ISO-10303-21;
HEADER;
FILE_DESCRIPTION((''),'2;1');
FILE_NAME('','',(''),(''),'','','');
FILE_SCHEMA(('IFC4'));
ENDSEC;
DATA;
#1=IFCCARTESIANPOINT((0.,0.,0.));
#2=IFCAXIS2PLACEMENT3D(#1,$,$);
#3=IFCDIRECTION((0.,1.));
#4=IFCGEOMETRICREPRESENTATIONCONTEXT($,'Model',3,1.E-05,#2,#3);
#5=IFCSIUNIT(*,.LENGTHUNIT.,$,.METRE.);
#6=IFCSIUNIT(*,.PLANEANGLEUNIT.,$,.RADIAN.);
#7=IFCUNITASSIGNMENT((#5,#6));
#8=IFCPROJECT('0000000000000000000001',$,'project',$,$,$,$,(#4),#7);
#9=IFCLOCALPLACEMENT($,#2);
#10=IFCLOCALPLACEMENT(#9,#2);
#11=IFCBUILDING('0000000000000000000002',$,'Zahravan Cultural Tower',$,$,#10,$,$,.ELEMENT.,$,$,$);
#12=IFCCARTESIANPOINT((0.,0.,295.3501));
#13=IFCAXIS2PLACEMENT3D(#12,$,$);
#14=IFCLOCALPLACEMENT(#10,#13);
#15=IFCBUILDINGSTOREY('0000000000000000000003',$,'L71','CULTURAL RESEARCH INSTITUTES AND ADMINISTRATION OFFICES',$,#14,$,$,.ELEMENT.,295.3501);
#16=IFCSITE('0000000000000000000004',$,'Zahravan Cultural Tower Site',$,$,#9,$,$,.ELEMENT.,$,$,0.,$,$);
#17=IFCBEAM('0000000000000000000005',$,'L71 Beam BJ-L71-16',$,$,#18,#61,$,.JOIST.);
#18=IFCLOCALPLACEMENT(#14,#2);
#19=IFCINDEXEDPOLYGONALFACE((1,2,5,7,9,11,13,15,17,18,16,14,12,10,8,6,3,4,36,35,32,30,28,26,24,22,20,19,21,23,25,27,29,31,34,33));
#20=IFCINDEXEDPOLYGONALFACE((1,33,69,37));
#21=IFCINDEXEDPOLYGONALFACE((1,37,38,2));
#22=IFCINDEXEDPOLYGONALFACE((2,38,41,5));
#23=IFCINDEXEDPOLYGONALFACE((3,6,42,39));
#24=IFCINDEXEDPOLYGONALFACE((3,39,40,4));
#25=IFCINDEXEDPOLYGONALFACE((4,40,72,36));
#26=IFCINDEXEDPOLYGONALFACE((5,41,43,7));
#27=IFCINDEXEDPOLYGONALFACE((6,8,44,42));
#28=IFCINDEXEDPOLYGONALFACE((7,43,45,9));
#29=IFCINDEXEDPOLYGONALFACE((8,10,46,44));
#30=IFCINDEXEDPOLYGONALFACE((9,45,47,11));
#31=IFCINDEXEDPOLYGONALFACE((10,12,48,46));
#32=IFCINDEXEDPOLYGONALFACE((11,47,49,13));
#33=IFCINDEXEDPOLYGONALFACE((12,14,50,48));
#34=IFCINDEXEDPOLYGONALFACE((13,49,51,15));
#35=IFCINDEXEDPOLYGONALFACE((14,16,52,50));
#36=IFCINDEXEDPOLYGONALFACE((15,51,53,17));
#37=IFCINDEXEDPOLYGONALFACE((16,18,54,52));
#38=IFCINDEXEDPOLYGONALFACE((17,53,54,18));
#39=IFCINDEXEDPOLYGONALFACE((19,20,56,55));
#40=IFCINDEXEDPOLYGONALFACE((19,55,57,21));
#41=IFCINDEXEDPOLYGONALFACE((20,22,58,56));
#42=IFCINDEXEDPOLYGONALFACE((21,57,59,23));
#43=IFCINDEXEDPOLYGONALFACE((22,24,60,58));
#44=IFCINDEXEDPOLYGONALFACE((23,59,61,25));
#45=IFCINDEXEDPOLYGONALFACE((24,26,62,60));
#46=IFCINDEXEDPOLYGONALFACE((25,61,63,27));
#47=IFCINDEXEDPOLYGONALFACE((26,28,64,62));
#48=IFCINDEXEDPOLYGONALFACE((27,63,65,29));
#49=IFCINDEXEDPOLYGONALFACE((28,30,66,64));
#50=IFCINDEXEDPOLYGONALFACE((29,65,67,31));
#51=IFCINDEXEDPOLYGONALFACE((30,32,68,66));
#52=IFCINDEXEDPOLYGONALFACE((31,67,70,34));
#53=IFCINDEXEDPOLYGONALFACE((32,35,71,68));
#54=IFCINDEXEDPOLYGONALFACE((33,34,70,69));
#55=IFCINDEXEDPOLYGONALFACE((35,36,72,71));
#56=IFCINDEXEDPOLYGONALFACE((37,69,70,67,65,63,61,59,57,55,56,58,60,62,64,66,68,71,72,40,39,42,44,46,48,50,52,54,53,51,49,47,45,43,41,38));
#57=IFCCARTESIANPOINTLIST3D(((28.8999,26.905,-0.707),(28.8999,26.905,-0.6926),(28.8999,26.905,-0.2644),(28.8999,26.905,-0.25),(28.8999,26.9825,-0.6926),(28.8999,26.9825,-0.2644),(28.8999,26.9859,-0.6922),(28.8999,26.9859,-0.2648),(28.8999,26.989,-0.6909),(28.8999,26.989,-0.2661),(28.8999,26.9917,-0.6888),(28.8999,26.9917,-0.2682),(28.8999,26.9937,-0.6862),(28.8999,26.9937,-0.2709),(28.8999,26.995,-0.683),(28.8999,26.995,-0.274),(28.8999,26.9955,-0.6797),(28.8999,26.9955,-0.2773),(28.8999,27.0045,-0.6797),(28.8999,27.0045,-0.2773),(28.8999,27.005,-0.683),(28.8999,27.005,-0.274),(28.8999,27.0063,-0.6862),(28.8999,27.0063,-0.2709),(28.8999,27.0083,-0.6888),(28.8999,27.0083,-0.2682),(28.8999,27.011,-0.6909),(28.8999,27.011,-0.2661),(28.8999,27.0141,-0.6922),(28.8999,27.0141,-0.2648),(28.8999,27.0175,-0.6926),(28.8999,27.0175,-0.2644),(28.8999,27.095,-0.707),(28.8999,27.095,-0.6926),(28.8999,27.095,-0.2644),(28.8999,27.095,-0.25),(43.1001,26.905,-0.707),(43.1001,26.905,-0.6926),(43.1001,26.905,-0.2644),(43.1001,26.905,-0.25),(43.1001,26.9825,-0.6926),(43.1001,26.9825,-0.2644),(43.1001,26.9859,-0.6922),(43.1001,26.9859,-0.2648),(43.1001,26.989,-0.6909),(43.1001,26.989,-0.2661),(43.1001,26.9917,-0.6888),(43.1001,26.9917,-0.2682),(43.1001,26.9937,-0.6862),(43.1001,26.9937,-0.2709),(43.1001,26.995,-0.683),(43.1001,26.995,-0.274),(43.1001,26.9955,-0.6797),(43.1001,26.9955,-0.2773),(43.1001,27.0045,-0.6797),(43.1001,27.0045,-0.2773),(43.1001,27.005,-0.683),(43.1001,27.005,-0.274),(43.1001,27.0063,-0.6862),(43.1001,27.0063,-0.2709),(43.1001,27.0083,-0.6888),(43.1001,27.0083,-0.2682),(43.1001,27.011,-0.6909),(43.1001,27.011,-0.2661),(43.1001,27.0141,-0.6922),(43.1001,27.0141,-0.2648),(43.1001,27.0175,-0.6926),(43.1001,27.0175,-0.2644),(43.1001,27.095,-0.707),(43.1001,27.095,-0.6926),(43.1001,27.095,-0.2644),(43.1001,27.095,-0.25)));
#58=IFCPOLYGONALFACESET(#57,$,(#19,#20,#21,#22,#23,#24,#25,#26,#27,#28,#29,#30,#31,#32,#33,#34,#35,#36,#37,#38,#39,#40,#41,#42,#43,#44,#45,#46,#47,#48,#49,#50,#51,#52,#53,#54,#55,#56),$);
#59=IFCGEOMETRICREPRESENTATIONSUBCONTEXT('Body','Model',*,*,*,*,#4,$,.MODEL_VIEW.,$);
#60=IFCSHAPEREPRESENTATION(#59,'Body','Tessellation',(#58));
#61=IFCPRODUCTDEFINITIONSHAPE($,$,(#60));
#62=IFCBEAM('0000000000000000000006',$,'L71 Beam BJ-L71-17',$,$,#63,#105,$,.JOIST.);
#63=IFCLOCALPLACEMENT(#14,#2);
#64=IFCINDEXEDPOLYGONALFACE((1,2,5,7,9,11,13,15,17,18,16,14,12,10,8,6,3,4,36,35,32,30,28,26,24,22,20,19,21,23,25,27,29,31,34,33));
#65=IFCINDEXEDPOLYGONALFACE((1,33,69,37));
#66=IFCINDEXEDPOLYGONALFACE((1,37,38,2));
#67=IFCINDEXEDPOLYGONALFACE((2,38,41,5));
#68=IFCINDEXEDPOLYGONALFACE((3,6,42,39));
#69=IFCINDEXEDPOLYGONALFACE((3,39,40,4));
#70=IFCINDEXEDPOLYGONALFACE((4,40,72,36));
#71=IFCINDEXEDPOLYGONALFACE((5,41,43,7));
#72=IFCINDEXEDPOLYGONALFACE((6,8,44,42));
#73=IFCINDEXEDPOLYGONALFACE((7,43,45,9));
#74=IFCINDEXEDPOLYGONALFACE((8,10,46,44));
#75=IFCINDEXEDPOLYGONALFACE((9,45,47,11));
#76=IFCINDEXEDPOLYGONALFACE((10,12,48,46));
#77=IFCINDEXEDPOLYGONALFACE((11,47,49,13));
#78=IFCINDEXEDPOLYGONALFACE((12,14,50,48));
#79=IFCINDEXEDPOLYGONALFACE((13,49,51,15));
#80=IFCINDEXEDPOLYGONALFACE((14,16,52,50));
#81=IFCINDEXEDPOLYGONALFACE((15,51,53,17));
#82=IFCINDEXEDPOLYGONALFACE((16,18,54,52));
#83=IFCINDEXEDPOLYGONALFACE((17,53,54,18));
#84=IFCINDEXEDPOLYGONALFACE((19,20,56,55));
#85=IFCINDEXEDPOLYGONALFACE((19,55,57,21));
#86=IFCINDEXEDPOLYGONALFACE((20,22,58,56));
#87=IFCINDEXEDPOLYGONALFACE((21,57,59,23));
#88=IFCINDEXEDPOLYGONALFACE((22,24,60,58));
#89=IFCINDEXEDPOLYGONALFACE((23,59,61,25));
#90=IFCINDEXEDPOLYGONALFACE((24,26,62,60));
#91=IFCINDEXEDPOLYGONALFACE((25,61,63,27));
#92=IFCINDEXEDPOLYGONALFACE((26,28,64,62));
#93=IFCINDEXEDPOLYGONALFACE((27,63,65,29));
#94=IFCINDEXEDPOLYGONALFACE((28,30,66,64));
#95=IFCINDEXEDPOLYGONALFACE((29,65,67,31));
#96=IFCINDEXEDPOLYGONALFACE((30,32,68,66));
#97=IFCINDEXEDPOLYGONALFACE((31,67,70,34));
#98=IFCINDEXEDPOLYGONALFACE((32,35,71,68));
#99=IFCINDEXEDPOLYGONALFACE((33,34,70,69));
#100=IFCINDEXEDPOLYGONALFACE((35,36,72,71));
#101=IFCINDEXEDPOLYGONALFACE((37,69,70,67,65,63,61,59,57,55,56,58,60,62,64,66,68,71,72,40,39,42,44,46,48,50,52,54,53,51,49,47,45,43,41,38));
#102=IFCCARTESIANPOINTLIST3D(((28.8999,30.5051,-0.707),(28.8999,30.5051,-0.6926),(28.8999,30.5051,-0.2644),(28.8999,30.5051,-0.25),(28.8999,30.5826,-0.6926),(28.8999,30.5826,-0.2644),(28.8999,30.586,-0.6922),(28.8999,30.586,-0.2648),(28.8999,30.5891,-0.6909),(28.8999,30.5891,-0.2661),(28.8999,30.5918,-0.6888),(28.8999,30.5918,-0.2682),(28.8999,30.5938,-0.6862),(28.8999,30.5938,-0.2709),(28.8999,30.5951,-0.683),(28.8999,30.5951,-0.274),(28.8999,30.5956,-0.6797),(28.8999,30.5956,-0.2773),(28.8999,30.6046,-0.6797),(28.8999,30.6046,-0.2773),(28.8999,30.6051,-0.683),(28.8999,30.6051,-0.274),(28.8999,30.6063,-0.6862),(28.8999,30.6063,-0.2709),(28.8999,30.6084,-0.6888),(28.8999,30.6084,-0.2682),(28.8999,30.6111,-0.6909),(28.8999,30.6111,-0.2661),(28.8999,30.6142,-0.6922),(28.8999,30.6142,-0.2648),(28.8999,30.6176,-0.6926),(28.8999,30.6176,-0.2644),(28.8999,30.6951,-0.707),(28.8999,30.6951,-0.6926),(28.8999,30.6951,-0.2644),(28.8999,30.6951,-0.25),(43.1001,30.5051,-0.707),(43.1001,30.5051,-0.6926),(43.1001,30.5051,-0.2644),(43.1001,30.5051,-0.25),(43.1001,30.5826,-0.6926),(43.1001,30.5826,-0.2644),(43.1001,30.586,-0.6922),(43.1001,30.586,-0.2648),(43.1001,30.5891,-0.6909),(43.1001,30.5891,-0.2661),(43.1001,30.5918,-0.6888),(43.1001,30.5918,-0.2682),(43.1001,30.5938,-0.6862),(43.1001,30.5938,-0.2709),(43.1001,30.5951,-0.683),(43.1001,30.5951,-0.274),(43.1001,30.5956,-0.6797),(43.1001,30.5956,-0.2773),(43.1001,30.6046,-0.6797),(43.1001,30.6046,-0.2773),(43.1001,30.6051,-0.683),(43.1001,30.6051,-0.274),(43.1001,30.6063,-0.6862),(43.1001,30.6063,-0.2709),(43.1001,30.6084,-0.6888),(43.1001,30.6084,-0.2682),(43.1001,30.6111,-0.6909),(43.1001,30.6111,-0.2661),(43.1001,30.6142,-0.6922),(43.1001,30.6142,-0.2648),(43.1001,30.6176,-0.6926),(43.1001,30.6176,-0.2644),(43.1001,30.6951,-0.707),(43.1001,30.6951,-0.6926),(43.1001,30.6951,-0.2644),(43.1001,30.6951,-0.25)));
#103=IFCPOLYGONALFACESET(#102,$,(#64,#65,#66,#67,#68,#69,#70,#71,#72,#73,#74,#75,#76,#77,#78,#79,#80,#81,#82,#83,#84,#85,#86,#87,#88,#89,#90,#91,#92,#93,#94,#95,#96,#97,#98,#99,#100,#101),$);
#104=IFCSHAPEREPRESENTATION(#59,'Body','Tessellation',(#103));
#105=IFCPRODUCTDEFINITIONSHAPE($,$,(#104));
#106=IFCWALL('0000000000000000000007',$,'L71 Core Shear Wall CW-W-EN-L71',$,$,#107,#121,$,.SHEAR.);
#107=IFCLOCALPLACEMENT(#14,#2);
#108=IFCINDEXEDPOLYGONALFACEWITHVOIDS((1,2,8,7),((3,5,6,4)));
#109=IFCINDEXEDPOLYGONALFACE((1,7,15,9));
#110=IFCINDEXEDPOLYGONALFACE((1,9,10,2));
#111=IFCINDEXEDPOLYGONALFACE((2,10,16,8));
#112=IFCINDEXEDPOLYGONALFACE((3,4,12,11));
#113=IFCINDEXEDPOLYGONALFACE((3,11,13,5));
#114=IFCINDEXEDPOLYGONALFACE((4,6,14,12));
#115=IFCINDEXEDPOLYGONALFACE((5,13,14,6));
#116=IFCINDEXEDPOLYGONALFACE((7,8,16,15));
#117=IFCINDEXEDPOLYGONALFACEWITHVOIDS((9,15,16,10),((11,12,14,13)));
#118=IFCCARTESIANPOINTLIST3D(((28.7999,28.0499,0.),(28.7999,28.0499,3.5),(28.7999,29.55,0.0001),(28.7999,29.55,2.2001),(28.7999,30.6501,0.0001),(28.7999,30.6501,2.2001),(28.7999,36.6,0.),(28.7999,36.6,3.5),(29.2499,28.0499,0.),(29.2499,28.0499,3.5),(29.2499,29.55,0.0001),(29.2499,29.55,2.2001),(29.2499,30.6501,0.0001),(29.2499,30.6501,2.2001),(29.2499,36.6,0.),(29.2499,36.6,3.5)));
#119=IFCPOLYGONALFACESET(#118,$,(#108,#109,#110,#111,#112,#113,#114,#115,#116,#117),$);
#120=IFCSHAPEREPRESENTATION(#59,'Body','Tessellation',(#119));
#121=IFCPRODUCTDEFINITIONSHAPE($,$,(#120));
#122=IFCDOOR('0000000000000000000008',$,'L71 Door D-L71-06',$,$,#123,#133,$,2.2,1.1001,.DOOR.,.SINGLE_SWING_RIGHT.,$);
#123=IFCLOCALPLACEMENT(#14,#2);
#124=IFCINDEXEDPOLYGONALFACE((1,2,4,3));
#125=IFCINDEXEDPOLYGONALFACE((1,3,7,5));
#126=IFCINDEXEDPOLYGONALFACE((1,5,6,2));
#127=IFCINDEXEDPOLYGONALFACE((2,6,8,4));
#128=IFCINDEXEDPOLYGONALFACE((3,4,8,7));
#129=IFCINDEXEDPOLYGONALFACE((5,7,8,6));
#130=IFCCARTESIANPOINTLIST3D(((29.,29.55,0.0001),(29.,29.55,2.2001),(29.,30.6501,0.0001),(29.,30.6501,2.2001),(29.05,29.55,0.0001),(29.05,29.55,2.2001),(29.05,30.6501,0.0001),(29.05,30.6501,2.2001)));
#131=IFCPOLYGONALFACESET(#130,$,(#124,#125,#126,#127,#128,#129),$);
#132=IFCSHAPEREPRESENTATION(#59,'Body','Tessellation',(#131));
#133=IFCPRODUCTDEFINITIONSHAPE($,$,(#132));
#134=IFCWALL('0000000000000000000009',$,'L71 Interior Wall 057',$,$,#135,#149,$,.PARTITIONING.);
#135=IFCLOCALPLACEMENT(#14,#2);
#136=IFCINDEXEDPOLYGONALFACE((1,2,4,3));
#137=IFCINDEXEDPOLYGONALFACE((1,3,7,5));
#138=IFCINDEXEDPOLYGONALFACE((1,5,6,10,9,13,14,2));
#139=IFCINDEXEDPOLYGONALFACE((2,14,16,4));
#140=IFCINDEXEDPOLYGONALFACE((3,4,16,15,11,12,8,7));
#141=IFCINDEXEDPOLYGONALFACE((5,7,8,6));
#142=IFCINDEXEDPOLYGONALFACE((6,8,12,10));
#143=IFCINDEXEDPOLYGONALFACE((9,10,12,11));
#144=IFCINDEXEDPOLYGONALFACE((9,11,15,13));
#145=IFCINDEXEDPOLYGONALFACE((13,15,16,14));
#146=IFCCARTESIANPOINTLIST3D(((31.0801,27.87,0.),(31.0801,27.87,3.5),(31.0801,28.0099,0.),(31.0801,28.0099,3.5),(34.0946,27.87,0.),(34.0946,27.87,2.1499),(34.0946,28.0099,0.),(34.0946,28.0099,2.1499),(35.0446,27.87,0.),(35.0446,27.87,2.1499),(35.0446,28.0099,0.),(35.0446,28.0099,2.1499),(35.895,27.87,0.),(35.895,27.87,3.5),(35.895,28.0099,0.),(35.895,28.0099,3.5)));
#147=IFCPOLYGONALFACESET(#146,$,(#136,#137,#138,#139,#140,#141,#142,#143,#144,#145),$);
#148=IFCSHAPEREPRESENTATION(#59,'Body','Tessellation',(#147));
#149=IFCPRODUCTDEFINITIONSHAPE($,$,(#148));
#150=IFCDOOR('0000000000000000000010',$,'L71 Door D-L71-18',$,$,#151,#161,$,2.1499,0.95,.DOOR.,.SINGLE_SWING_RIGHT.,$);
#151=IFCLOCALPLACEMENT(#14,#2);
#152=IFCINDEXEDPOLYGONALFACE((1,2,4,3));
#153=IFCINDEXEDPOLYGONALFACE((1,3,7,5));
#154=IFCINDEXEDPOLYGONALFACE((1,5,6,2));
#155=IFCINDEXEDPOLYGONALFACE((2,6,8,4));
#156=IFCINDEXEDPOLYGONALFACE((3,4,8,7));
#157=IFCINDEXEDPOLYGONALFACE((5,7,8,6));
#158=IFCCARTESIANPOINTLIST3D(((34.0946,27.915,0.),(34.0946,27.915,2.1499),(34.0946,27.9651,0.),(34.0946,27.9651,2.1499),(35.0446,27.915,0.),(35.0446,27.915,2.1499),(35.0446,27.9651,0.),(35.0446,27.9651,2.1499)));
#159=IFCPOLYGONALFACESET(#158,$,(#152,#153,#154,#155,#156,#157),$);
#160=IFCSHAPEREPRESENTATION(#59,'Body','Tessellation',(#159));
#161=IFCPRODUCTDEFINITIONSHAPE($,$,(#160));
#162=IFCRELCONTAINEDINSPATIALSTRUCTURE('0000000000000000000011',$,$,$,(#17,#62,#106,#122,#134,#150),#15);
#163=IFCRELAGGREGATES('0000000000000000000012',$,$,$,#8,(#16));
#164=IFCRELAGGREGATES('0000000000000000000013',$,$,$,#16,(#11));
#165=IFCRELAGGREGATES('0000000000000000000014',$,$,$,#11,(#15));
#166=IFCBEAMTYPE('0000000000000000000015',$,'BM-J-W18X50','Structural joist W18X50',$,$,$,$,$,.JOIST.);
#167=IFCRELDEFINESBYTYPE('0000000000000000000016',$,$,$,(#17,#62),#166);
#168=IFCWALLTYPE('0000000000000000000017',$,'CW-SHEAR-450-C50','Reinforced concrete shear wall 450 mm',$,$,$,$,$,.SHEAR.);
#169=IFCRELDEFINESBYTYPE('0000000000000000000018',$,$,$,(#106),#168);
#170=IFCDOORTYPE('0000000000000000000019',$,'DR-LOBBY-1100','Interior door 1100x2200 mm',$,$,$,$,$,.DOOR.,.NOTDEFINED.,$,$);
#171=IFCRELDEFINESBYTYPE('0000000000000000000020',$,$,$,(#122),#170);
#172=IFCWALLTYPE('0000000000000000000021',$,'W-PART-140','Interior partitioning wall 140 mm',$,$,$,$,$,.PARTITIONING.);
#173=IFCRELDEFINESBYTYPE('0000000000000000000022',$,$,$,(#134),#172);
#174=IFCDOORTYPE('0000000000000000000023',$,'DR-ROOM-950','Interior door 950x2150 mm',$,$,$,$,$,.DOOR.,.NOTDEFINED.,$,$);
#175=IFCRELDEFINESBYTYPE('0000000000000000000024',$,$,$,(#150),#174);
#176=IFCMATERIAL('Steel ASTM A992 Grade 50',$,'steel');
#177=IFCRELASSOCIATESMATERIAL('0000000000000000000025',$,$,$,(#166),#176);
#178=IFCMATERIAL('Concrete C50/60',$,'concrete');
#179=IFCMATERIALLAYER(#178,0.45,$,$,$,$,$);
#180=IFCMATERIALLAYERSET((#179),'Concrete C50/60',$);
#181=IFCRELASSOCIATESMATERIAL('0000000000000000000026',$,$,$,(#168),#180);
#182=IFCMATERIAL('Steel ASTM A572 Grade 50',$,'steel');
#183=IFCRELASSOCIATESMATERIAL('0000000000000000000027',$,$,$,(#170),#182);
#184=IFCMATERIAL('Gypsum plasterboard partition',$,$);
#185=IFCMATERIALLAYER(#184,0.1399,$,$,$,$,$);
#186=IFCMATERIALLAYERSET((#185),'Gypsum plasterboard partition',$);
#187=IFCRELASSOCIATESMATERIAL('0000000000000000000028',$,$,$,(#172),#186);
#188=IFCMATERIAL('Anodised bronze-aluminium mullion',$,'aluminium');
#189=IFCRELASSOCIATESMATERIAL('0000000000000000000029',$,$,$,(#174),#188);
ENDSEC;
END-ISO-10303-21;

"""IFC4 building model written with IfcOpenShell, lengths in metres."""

from ifc_helpers import new_model, si_unit, direction, frame, frame_2d, origin, origin_2d, place, context, subcontext, project, spatial, rectangle, i_section, extrude, source, transform, mapped, material, layer, layer_set, material_profile, profile_set, type_object, element, fill, save


model = new_model("IFC4")

# Units and contexts
model_context = context("Model", 3, precision=1e-05, world=origin(), true_north=direction((0.0, 1.0)))
body_context = subcontext(model_context, "Body", "Model", "MODEL_VIEW")
ifc_project = project(units=[si_unit("LENGTHUNIT", "METRE"), si_unit("PLANEANGLEUNIT", "RADIAN")], contexts=[model_context])

# Site, building, storey
site_placement = place(None, origin())
site = spatial("IfcSite", under=ifc_project, at=site_placement, Name="Zahravan Cultural Tower Site", CompositionType="ELEMENT", RefElevation=0.0)
building_placement = place(site_placement, origin())
building = spatial("IfcBuilding", under=site, at=building_placement, Name="Zahravan Cultural Tower", CompositionType="ELEMENT")
storey_placement = place(building_placement, frame((0.0, 0.0, 295.3501)))
storey = spatial("IfcBuildingStorey", under=building, at=storey_placement, Name="L71", Description="CULTURAL RESEARCH INSTITUTES AND ADMINISTRATION OFFICES", CompositionType="ELEMENT", Elevation=295.3501)

# Beams
ifc_material_1 = material(Name="Steel ASTM A992 Grade 50", Category="steel")
ifc_material_profile = material_profile(ifc_material_1, i_section(OverallWidth=0.1899, OverallDepth=0.457, WebThickness=0.009, FlangeThickness=0.0144, FilletRadius=0.0129, at=origin_2d()), Name="W18X50")
ifc_profile_set = profile_set([ifc_material_profile], Name="Steel ASTM A992 Grade 50")
beam_type = type_object("IfcBeamType", Name="BM-J-W18X50", Description="Structural joist W18X50", PredefinedType="JOIST", material=ifc_profile_set)
shared_shape_1 = source(origin(), body_context, "Body", "SweptSolid", [
    extrude(i_section(OverallWidth=0.1899, OverallDepth=0.457, WebThickness=0.009, FlangeThickness=0.0144, FilletRadius=0.0129, at=origin_2d()), origin(), (0.0, 0.0, 1.0), 14.2002),
])
for number, where, z_axis, x_axis, name in (
    (1, (28.8999, 27.0, -0.4785), (1.0, 0.0, 0.0), (0.0, 1.0, 0.0), "L71 Beam BJ-L71-16"),
    (2, (28.8999, 30.6001, -0.4785), (1.0, 0.0, 0.0), (0.0, 1.0, 0.0), "L71 Beam BJ-L71-17"),
):
    element("IfcBeam", number, at=place(storey_placement, frame(where, z_axis=z_axis, x_axis=x_axis)), inside=storey, type_object=beam_type, Name=name, PredefinedType="JOIST", context=body_context, shape_type="MappedRepresentation", body=[
        mapped(shared_shape_1, transform((0.0, 0.0, 0.0), x_axis=(1.0, 0.0, 0.0), y_axis=(0.0, 1.0, 0.0), z_axis=(0.0, 0.0, 1.0), scale=1.0)),
    ])

# Walls, openings, doors
ifc_material_2 = material(Name="Concrete C50/60", Category="concrete")
ifc_layer_1 = layer(ifc_material_2, 0.45)
ifc_layer_set_1 = layer_set([ifc_layer_1], Name="Concrete C50/60")
wall_type_1 = type_object("IfcWallType", Name="CW-SHEAR-450-C50", Description="Reinforced concrete shear wall 450 mm", PredefinedType="SHEAR", material=ifc_layer_set_1)
wall_1_placement = place(storey_placement, frame((29.0249, 28.05, 0.0), z_axis=(0.0, 0.0, 1.0), x_axis=(0.0, 1.0, 0.0)))
wall_1 = element("IfcWall", 3, at=wall_1_placement, inside=storey, type_object=wall_type_1, Name="L71 Core Shear Wall CW-W-EN-L71", PredefinedType="SHEAR", context=body_context, shape_type="SweptSolid", body=[
    extrude(rectangle(XDim=8.55, YDim=0.45, at=frame_2d((4.2749, 0.0))), origin(), (0.0, 0.0, 1.0), 3.5),
])
opening_1_placement = place(wall_1_placement, frame((1.5, 0.0, 0.0)))
opening_1 = element("IfcOpeningElement", 4, at=opening_1_placement, cuts=wall_1, PredefinedType="OPENING", context=body_context, shape_type="SweptSolid", body=[
    extrude(rectangle(XDim=1.1001, YDim=2.2, at=frame_2d((0.55, 1.1001))), frame((0.0, 0.2349, 0.0), z_axis=(0.0, -1.0, 0.0), x_axis=(1.0, 0.0, 0.0)), (0.0, 0.0, 1.0), 0.47),
])
ifc_material_3 = material(Name="Steel ASTM A572 Grade 50", Category="steel")
door_type_1 = type_object("IfcDoorType", Name="DR-LOBBY-1100", Description="Interior door 1100x2200 mm", OperationType="NOTDEFINED", PredefinedType="DOOR", material=ifc_material_3)
shared_shape_2 = source(origin(), body_context, "Body", "SweptSolid", [
    extrude(rectangle(XDim=1.1001, YDim=2.2, at=frame_2d((0.55, 1.1001))), frame((0.0, 0.0249, 0.0), z_axis=(0.0, -1.0, 0.0), x_axis=(1.0, 0.0, 0.0)), (0.0, 0.0, 1.0), 0.05),
])
door_1_placement = place(opening_1_placement, origin())
door_1 = element("IfcDoor", 5, at=door_1_placement, inside=storey, type_object=door_type_1, Name="L71 Door D-L71-06", OperationType="SINGLE_SWING_RIGHT", OverallHeight=2.2, OverallWidth=1.1001, PredefinedType="DOOR", context=body_context, shape_type="MappedRepresentation", body=[
    mapped(shared_shape_2, transform((0.0, 0.0, 0.0), x_axis=(1.0, 0.0, 0.0), y_axis=(0.0, 1.0, 0.0), z_axis=(0.0, 0.0, 1.0), scale=1.0)),
])
fill(opening_1, door_1)
ifc_material_4 = material(Name="Gypsum plasterboard partition")
ifc_layer_2 = layer(ifc_material_4, 0.1399)
ifc_layer_set_2 = layer_set([ifc_layer_2], Name="Gypsum plasterboard partition")
wall_type_2 = type_object("IfcWallType", Name="W-PART-140", Description="Interior partitioning wall 140 mm", PredefinedType="PARTITIONING", material=ifc_layer_set_2)
wall_2_placement = place(storey_placement, frame((35.895, 27.9399, 0.0), z_axis=(0.0, 0.0, 1.0), x_axis=(-1.0, 0.0, 0.0)))
wall_2 = element("IfcWall", 6, at=wall_2_placement, inside=storey, type_object=wall_type_2, Name="L71 Interior Wall 057", PredefinedType="PARTITIONING", context=body_context, shape_type="SweptSolid", body=[
    extrude(rectangle(XDim=4.8149, YDim=0.1399, at=frame_2d((2.4075, 0.0))), origin(), (0.0, 0.0, 1.0), 3.5),
])
opening_2_placement = place(wall_2_placement, frame((0.8503, 0.0, 0.0)))
opening_2 = element("IfcOpeningElement", 7, at=opening_2_placement, cuts=wall_2, PredefinedType="OPENING", context=body_context, shape_type="SweptSolid", body=[
    extrude(rectangle(XDim=0.95, YDim=2.1499, at=frame_2d((0.4751, 1.075))), frame((0.0, 0.0798, 0.0), z_axis=(0.0, -1.0, 0.0), x_axis=(1.0, 0.0, 0.0)), (0.0, 0.0, 1.0), 0.1599),
])
ifc_material_5 = material(Name="Anodised bronze-aluminium mullion", Category="aluminium")
door_type_2 = type_object("IfcDoorType", Name="DR-ROOM-950", Description="Interior door 950x2150 mm", OperationType="NOTDEFINED", PredefinedType="DOOR", material=ifc_material_5)
shared_shape_3 = source(origin(), body_context, "Body", "SweptSolid", [
    extrude(rectangle(XDim=0.95, YDim=2.1499, at=frame_2d((0.4751, 1.075))), frame((0.0, 0.0249, 0.0), z_axis=(0.0, -1.0, 0.0), x_axis=(1.0, 0.0, 0.0)), (0.0, 0.0, 1.0), 0.05),
])
door_2_placement = place(opening_2_placement, origin())
door_2 = element("IfcDoor", 8, at=door_2_placement, inside=storey, type_object=door_type_2, Name="L71 Door D-L71-18", OperationType="SINGLE_SWING_RIGHT", OverallHeight=2.1499, OverallWidth=0.95, PredefinedType="DOOR", context=body_context, shape_type="MappedRepresentation", body=[
    mapped(shared_shape_3, transform((0.0, 0.0, 0.0), x_axis=(1.0, 0.0, 0.0), y_axis=(0.0, 1.0, 0.0), z_axis=(0.0, 0.0, 1.0), scale=1.0)),
])
fill(opening_2, door_2)

save(model, "model.ifc")
